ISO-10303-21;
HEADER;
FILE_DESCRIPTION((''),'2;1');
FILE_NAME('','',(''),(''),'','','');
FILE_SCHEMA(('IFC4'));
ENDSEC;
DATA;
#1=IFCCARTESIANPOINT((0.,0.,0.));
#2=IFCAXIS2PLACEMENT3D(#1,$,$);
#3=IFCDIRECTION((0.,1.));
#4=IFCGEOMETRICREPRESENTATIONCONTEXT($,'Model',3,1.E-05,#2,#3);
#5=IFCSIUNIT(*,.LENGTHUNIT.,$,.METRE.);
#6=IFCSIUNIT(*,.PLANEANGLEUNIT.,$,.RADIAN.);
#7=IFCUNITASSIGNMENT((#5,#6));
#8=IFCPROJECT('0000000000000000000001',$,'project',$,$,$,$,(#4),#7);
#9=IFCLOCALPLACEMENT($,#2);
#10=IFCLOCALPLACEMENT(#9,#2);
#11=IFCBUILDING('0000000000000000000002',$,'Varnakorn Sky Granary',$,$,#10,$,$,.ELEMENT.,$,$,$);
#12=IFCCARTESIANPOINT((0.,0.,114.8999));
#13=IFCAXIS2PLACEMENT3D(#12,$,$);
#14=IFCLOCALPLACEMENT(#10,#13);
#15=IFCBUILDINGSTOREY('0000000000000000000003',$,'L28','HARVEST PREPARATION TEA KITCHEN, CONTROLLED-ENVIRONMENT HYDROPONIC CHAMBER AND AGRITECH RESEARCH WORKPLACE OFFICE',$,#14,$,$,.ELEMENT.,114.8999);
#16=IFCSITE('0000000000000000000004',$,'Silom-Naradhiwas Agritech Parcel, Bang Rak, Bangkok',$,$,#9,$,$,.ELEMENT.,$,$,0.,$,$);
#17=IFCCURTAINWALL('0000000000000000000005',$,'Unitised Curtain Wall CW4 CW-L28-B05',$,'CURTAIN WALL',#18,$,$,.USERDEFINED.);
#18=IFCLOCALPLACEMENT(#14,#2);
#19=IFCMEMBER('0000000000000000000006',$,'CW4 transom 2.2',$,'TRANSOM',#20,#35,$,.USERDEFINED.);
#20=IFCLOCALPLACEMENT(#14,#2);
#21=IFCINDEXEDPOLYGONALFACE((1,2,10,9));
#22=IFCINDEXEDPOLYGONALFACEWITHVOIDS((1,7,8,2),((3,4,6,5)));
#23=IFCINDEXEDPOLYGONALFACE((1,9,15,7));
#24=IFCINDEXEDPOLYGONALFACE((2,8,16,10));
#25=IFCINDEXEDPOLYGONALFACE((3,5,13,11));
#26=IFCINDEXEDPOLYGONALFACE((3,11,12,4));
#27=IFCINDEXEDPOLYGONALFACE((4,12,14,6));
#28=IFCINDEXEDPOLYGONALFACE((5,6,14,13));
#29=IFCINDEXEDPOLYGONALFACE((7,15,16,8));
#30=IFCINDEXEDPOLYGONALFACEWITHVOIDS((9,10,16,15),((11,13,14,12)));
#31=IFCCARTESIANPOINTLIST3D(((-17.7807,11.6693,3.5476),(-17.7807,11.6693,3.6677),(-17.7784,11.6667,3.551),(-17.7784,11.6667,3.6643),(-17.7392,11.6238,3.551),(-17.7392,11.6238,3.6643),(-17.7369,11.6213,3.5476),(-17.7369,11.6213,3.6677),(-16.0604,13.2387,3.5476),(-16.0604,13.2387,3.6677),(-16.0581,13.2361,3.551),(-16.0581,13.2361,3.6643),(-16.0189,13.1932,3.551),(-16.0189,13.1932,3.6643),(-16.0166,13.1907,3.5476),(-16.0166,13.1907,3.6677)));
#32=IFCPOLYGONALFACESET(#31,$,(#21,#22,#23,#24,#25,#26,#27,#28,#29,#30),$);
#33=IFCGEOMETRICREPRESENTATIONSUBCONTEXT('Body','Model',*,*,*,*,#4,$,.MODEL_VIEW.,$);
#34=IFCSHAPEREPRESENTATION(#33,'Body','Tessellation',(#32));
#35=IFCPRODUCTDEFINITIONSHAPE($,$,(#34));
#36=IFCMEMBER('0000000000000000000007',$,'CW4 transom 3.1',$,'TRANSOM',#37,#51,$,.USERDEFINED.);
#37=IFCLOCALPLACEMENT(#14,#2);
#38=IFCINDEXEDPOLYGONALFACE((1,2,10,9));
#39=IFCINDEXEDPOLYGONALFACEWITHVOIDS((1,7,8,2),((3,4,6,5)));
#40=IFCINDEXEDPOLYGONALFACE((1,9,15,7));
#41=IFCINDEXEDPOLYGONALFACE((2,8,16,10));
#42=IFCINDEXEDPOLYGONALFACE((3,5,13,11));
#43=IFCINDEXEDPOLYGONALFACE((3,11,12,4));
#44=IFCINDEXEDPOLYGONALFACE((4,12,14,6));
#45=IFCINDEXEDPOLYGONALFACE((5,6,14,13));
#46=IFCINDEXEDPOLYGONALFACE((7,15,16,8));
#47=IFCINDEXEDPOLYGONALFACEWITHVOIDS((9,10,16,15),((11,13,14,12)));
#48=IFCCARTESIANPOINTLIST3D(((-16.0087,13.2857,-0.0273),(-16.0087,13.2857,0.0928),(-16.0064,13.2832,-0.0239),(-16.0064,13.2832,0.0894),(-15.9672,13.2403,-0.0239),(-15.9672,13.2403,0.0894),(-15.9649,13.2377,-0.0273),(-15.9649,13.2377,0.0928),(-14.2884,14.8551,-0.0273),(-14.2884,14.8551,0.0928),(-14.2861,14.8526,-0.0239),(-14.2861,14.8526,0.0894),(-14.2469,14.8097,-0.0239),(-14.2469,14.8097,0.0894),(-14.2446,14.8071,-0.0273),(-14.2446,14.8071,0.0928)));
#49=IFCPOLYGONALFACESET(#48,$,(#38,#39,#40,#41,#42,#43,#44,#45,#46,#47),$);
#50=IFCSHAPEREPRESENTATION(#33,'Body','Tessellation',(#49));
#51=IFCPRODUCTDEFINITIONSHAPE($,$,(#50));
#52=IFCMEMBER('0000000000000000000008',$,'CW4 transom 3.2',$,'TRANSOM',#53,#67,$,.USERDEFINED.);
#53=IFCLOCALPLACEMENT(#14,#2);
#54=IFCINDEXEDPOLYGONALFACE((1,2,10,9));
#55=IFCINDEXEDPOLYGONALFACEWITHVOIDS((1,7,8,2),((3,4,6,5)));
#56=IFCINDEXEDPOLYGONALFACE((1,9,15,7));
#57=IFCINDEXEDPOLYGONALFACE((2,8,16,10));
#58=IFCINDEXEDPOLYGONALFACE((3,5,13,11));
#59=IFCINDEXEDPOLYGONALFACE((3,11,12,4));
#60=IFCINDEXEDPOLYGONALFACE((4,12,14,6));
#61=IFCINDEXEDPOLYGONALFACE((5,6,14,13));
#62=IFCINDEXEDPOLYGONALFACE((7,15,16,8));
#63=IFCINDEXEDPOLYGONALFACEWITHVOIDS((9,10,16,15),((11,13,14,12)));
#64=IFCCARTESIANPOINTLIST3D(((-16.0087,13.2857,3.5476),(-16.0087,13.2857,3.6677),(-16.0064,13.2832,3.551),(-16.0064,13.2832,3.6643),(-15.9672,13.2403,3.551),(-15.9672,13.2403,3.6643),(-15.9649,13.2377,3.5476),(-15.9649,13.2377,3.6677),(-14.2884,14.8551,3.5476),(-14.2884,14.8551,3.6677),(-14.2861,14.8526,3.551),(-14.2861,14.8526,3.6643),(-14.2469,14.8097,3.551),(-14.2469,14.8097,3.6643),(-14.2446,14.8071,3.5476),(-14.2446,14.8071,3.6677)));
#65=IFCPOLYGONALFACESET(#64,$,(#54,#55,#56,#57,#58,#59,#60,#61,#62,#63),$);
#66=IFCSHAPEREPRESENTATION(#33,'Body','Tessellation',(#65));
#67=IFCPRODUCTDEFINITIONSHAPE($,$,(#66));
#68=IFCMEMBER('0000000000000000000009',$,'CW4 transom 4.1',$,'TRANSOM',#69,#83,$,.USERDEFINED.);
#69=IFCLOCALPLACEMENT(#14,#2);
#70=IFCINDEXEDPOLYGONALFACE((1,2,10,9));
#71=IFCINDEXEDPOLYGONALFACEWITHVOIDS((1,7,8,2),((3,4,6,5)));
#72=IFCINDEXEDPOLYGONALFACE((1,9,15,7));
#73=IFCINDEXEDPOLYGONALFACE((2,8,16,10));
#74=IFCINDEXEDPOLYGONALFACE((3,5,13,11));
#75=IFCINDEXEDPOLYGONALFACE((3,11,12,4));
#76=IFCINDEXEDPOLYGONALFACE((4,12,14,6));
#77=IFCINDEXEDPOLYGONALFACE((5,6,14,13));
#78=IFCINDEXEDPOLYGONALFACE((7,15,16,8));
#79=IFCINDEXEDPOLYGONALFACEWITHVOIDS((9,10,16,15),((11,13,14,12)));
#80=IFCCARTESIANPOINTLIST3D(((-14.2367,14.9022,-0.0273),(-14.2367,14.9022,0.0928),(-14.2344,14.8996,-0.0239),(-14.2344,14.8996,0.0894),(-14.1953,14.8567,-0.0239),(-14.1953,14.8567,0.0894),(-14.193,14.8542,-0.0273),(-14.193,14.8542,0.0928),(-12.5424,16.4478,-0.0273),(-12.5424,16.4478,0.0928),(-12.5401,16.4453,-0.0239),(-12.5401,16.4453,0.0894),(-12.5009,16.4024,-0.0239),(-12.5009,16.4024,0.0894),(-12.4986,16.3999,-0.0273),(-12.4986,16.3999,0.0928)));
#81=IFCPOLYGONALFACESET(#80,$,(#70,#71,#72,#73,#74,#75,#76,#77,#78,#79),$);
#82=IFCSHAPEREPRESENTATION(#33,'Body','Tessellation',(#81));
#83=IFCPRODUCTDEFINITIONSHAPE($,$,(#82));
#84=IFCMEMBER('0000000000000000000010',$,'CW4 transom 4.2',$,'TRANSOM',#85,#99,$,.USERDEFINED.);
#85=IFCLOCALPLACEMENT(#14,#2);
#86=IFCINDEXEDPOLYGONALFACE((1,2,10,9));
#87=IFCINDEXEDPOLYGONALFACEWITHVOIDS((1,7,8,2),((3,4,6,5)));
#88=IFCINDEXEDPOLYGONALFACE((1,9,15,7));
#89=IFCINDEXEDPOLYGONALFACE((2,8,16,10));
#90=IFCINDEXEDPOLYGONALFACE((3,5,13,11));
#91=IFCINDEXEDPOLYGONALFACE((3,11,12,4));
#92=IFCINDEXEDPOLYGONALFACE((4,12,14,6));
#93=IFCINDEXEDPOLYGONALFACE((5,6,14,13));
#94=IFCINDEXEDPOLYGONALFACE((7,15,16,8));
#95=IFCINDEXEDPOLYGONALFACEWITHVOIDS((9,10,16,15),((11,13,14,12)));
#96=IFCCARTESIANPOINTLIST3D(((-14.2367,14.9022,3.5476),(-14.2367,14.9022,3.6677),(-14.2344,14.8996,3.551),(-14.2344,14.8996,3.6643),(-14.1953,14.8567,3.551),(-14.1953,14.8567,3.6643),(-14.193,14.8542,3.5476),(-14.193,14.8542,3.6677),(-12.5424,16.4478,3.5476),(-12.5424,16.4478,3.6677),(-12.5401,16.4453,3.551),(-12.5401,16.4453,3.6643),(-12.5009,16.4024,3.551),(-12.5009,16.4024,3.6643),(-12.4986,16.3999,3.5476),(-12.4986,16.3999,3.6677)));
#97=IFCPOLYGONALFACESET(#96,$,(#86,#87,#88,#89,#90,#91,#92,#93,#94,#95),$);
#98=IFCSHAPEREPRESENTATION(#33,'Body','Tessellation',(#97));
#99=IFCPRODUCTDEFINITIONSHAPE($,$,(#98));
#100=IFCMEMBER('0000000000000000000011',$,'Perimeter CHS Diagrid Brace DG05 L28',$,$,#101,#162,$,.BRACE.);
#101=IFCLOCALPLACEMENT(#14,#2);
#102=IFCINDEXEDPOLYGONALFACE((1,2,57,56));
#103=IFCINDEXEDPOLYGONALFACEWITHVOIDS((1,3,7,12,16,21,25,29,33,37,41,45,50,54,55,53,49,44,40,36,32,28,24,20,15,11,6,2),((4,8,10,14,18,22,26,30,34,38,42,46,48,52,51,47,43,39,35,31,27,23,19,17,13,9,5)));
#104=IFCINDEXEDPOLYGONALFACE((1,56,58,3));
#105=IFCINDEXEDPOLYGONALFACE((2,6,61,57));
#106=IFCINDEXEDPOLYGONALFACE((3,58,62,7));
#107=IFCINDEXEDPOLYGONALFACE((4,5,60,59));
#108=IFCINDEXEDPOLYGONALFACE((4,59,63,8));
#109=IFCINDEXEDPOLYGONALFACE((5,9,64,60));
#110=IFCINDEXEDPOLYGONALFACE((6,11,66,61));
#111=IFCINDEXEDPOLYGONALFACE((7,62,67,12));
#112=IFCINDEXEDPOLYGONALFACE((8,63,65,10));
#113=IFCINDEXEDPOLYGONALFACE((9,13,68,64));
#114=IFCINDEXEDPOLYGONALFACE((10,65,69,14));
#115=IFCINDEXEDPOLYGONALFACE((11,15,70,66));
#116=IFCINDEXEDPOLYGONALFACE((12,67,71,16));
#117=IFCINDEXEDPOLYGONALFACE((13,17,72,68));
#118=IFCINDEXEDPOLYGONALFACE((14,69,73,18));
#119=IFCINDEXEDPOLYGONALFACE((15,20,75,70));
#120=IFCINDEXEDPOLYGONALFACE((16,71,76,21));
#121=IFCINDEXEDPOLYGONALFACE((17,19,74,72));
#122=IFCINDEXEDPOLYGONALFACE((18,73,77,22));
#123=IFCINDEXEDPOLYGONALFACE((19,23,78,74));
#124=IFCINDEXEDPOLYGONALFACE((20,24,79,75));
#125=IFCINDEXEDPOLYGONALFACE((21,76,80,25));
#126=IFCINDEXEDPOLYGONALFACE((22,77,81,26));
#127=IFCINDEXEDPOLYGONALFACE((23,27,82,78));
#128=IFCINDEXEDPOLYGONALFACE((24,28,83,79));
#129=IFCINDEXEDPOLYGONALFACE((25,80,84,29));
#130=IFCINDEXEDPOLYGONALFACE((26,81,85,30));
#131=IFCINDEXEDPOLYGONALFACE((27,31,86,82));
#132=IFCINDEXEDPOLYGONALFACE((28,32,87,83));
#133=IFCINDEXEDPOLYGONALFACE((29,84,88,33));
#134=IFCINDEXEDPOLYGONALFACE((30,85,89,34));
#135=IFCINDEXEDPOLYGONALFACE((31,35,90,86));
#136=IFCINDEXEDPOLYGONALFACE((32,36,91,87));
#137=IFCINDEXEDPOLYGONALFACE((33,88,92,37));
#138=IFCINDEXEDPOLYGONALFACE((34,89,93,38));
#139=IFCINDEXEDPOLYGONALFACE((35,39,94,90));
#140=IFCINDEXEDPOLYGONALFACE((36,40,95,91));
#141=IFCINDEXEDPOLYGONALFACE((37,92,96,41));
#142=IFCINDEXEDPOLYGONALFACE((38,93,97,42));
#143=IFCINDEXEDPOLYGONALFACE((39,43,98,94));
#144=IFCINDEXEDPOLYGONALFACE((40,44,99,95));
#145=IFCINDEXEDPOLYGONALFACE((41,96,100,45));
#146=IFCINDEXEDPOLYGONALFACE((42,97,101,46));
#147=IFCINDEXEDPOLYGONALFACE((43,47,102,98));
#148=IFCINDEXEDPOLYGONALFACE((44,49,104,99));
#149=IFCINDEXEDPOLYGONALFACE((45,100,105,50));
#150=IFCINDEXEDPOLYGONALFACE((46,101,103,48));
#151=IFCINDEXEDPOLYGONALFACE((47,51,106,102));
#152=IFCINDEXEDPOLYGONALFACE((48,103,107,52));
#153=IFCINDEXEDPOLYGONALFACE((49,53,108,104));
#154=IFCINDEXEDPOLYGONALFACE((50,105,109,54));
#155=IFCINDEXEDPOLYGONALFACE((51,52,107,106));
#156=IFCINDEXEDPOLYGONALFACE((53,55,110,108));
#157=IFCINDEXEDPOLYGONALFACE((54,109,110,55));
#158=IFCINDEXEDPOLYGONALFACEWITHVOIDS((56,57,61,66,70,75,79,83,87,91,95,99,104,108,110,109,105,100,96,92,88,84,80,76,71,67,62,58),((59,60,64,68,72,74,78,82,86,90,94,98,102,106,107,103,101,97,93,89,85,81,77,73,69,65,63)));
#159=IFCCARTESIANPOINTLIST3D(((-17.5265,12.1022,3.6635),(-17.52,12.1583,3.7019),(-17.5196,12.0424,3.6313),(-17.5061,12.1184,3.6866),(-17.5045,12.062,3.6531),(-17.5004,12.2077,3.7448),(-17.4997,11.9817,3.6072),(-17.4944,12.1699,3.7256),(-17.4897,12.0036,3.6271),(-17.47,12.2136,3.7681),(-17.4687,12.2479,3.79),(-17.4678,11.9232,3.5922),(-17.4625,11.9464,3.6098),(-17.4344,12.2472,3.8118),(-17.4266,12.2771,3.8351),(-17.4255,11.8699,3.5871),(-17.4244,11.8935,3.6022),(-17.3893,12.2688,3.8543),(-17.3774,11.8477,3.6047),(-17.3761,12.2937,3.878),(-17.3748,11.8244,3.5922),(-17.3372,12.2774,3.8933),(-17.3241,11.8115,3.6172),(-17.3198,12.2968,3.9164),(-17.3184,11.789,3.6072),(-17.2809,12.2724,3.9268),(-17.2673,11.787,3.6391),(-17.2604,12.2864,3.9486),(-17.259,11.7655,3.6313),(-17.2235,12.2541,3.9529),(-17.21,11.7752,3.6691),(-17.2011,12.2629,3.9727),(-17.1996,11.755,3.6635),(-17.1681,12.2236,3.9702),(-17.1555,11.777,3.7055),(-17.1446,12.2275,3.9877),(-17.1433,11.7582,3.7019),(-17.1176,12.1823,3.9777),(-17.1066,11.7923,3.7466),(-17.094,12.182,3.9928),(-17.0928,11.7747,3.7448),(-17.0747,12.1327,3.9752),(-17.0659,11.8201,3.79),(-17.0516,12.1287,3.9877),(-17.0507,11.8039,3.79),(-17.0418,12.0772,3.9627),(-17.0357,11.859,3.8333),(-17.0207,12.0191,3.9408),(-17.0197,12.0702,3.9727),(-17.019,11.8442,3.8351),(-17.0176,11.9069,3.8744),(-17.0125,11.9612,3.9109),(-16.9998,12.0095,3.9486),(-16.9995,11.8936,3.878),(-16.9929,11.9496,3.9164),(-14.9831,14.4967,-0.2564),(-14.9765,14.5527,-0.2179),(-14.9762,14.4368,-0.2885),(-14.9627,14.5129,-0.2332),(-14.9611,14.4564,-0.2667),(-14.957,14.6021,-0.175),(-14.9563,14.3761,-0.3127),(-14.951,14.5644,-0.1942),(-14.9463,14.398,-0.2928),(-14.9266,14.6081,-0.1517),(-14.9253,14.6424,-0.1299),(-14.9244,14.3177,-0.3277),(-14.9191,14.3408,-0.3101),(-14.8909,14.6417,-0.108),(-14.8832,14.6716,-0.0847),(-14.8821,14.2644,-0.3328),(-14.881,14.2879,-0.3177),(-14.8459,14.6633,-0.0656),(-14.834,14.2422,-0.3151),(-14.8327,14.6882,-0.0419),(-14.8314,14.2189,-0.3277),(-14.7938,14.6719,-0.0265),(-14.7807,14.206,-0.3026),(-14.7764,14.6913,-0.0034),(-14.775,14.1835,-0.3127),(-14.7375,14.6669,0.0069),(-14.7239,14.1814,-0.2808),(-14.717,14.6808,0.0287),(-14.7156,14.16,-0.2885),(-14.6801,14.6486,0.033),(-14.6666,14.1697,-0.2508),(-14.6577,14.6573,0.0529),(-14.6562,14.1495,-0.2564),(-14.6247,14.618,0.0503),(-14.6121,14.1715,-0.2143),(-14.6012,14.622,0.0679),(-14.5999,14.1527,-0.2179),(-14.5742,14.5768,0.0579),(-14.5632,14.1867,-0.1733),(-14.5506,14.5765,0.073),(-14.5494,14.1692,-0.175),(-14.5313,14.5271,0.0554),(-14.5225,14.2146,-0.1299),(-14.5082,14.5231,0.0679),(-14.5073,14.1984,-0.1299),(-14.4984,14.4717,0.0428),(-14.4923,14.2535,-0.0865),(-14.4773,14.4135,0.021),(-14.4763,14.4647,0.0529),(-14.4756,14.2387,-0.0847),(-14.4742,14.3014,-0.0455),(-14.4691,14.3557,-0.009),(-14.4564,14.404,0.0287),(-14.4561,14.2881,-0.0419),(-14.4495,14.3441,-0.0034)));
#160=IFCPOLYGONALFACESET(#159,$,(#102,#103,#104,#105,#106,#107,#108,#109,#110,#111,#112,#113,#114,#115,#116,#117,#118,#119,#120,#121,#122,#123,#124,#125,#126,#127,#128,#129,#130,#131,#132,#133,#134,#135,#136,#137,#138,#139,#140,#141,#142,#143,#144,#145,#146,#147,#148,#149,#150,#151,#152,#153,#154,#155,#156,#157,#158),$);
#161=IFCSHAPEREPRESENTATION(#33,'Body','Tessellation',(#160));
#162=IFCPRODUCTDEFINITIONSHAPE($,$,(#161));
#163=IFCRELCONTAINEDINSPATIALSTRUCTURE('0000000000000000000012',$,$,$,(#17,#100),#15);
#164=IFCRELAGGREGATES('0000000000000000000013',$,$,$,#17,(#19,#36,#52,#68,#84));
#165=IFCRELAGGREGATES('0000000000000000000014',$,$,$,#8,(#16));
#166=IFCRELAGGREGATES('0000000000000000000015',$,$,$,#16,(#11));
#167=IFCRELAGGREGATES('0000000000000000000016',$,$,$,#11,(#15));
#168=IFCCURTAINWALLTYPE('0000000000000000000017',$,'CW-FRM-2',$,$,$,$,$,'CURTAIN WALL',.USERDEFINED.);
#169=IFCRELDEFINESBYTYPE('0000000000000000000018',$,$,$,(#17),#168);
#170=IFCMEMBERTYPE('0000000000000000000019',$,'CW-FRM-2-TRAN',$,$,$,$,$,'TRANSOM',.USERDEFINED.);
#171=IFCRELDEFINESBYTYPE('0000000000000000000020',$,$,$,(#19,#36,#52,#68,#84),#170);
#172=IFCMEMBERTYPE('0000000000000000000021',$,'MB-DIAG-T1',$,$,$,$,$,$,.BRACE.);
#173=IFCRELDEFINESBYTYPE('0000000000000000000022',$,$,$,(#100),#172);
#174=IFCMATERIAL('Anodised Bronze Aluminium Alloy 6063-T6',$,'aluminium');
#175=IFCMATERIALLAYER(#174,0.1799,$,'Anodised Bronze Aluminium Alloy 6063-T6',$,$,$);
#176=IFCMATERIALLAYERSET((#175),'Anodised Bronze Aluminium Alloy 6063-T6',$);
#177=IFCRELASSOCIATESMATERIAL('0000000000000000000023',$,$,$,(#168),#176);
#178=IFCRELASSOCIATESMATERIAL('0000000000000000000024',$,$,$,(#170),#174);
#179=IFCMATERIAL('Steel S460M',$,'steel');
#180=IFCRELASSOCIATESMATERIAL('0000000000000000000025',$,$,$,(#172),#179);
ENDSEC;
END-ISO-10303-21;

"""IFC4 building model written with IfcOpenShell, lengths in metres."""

from ifc_helpers import new_model, si_unit, direction, frame, origin, origin_2d, place, context, subcontext, project, spatial, hollow_rectangle, hollow_circle, extrude, material, layer, layer_set, material_profile, profile_set, type_object, element, aggregate, save


model = new_model("IFC4")

# Units and contexts
model_context = context("Model", 3, precision=1e-05, world=origin(), true_north=direction((0.0, 1.0)))
body_context = subcontext(model_context, "Body", "Model", "MODEL_VIEW")
ifc_project = project(units=[si_unit("LENGTHUNIT", "METRE"), si_unit("PLANEANGLEUNIT", "RADIAN")], contexts=[model_context])

# Site, building, storey
site_placement = place(None, origin())
site = spatial("IfcSite", under=ifc_project, at=site_placement, Name="Silom-Naradhiwas Agritech Parcel, Bang Rak, Bangkok", CompositionType="ELEMENT", RefElevation=0.0)
building_placement = place(site_placement, origin())
building = spatial("IfcBuilding", under=site, at=building_placement, Name="Varnakorn Sky Granary", CompositionType="ELEMENT")
storey_placement = place(building_placement, frame((0.0, 0.0, 114.8999)))
storey = spatial("IfcBuildingStorey", under=building, at=storey_placement, Name="L28", Description="HARVEST PREPARATION TEA KITCHEN, CONTROLLED-ENVIRONMENT HYDROPONIC CHAMBER AND AGRITECH RESEARCH WORKPLACE OFFICE", CompositionType="ELEMENT", Elevation=114.8999)

# Shared definitions
ifc_material_1 = material(Name="Steel S460M", Category="steel")

# Curtain wall, members
ifc_material_2 = material(Name="Anodised Bronze Aluminium Alloy 6063-T6", Category="aluminium")
ifc_layer_1 = layer(ifc_material_2, 0.1799, Name="Anodised Bronze Aluminium Alloy 6063-T6")
ifc_layer_set_1 = layer_set([ifc_layer_1], Name="Anodised Bronze Aluminium Alloy 6063-T6")
curtain_wall_type = type_object("IfcCurtainWallType", Name="CW-FRM-2", ElementType="CURTAIN WALL", PredefinedType="USERDEFINED", material=ifc_layer_set_1)
curtain_wall_placement = place(storey_placement, origin())
curtain_wall = element("IfcCurtainWall", 1, at=curtain_wall_placement, inside=storey, type_object=curtain_wall_type, Name="Unitised Curtain Wall CW4 CW-L28-B05", ObjectType="CURTAIN WALL", PredefinedType="USERDEFINED")
ifc_material_profile_1 = material_profile(ifc_material_2, hollow_rectangle(XDim=0.0649, YDim=0.1201, WallThickness=0.0034, at=origin_2d()), Name="ALU TRAN 65x120")
ifc_profile_set_1 = profile_set([ifc_material_profile_1], Name="Anodised Bronze Aluminium Alloy 6063-T6")
member_type_1 = type_object("IfcMemberType", Name="CW-FRM-2-TRAN", ElementType="TRANSOM", PredefinedType="USERDEFINED", material=ifc_profile_set_1)
member_1_placement = place(storey_placement, frame((-17.7588, 11.6453, 3.6077), z_axis=(0.738762, 0.673966, 0.0), x_axis=(-0.673966, 0.738762, 0.0)))
member_1 = element("IfcMember", 2, at=member_1_placement, type_object=member_type_1, Name="CW4 transom 2.2", ObjectType="TRANSOM", PredefinedType="USERDEFINED", context=body_context, shape_type="SweptSolid", body=[
    extrude(hollow_rectangle(XDim=0.0649, YDim=0.1201, WallThickness=0.0034, at=origin_2d()), origin(), (0.0, 0.0, 1.0), 2.3286),
])
member_2_placement = place(storey_placement, frame((-15.9868, 13.2617, 0.0327), z_axis=(0.738762, 0.673966, 0.0), x_axis=(-0.673966, 0.738762, 0.0)))
member_2 = element("IfcMember", 3, at=member_2_placement, type_object=member_type_1, Name="CW4 transom 3.1", ObjectType="TRANSOM", PredefinedType="USERDEFINED", context=body_context, shape_type="SweptSolid", body=[
    extrude(hollow_rectangle(XDim=0.0649, YDim=0.1201, WallThickness=0.0034, at=origin_2d()), origin(), (0.0, 0.0, 1.0), 2.3286),
])
member_3_placement = place(storey_placement, frame((-15.9868, 13.2617, 3.6077), z_axis=(0.738762, 0.673966, 0.0), x_axis=(-0.673966, 0.738762, 0.0)))
member_3 = element("IfcMember", 4, at=member_3_placement, type_object=member_type_1, Name="CW4 transom 3.2", ObjectType="TRANSOM", PredefinedType="USERDEFINED", context=body_context, shape_type="SweptSolid", body=[
    extrude(hollow_rectangle(XDim=0.0649, YDim=0.1201, WallThickness=0.0034, at=origin_2d()), origin(), (0.0, 0.0, 1.0), 2.3286),
])
member_4_placement = place(storey_placement, frame((-14.2148, 14.8782, 0.0327), z_axis=(0.738778, 0.673949, 0.0), x_axis=(-0.673949, 0.738778, 0.0)))
member_4 = element("IfcMember", 5, at=member_4_placement, type_object=member_type_1, Name="CW4 transom 4.1", ObjectType="TRANSOM", PredefinedType="USERDEFINED", context=body_context, shape_type="SweptSolid", body=[
    extrude(hollow_rectangle(XDim=0.0649, YDim=0.1201, WallThickness=0.0034, at=origin_2d()), origin(), (0.0, 0.0, 1.0), 2.2935),
])
member_5_placement = place(storey_placement, frame((-14.2148, 14.8782, 3.6077), z_axis=(0.738778, 0.673949, 0.0), x_axis=(-0.673949, 0.738778, 0.0)))
member_5 = element("IfcMember", 6, at=member_5_placement, type_object=member_type_1, Name="CW4 transom 4.2", ObjectType="TRANSOM", PredefinedType="USERDEFINED", context=body_context, shape_type="SweptSolid", body=[
    extrude(hollow_rectangle(XDim=0.0649, YDim=0.1201, WallThickness=0.0034, at=origin_2d()), origin(), (0.0, 0.0, 1.0), 2.2935),
])

# Member
ifc_material_profile_2 = material_profile(ifc_material_1, hollow_circle(Radius=0.3049, WallThickness=0.0222, at=origin_2d()), Name="CHS 610x22")
ifc_profile_set_2 = profile_set([ifc_material_profile_2], Name="Steel S460M")
member_type_2 = type_object("IfcMemberType", Name="MB-DIAG-T1", PredefinedType="BRACE", material=ifc_profile_set_2)
member_6_placement = place(storey_placement, frame((-14.7163, 14.4204, -0.1299), z_axis=(-0.484413, -0.45605, 0.746567), x_axis=(0.685469, -0.728101, 0.0)))
element("IfcMember", 7, at=member_6_placement, inside=storey, type_object=member_type_2, Name="Perimeter CHS Diagrid Brace DG05 L28", PredefinedType="BRACE", context=body_context, shape_type="SweptSolid", body=[
    extrude(hollow_circle(Radius=0.3049, WallThickness=0.0222, at=origin_2d()), origin(), (0.0, 0.0, 1.0), 5.2505),
])

aggregate(curtain_wall, [member_1, member_2, member_3, member_4, member_5])

save(model, "model.ifc")
